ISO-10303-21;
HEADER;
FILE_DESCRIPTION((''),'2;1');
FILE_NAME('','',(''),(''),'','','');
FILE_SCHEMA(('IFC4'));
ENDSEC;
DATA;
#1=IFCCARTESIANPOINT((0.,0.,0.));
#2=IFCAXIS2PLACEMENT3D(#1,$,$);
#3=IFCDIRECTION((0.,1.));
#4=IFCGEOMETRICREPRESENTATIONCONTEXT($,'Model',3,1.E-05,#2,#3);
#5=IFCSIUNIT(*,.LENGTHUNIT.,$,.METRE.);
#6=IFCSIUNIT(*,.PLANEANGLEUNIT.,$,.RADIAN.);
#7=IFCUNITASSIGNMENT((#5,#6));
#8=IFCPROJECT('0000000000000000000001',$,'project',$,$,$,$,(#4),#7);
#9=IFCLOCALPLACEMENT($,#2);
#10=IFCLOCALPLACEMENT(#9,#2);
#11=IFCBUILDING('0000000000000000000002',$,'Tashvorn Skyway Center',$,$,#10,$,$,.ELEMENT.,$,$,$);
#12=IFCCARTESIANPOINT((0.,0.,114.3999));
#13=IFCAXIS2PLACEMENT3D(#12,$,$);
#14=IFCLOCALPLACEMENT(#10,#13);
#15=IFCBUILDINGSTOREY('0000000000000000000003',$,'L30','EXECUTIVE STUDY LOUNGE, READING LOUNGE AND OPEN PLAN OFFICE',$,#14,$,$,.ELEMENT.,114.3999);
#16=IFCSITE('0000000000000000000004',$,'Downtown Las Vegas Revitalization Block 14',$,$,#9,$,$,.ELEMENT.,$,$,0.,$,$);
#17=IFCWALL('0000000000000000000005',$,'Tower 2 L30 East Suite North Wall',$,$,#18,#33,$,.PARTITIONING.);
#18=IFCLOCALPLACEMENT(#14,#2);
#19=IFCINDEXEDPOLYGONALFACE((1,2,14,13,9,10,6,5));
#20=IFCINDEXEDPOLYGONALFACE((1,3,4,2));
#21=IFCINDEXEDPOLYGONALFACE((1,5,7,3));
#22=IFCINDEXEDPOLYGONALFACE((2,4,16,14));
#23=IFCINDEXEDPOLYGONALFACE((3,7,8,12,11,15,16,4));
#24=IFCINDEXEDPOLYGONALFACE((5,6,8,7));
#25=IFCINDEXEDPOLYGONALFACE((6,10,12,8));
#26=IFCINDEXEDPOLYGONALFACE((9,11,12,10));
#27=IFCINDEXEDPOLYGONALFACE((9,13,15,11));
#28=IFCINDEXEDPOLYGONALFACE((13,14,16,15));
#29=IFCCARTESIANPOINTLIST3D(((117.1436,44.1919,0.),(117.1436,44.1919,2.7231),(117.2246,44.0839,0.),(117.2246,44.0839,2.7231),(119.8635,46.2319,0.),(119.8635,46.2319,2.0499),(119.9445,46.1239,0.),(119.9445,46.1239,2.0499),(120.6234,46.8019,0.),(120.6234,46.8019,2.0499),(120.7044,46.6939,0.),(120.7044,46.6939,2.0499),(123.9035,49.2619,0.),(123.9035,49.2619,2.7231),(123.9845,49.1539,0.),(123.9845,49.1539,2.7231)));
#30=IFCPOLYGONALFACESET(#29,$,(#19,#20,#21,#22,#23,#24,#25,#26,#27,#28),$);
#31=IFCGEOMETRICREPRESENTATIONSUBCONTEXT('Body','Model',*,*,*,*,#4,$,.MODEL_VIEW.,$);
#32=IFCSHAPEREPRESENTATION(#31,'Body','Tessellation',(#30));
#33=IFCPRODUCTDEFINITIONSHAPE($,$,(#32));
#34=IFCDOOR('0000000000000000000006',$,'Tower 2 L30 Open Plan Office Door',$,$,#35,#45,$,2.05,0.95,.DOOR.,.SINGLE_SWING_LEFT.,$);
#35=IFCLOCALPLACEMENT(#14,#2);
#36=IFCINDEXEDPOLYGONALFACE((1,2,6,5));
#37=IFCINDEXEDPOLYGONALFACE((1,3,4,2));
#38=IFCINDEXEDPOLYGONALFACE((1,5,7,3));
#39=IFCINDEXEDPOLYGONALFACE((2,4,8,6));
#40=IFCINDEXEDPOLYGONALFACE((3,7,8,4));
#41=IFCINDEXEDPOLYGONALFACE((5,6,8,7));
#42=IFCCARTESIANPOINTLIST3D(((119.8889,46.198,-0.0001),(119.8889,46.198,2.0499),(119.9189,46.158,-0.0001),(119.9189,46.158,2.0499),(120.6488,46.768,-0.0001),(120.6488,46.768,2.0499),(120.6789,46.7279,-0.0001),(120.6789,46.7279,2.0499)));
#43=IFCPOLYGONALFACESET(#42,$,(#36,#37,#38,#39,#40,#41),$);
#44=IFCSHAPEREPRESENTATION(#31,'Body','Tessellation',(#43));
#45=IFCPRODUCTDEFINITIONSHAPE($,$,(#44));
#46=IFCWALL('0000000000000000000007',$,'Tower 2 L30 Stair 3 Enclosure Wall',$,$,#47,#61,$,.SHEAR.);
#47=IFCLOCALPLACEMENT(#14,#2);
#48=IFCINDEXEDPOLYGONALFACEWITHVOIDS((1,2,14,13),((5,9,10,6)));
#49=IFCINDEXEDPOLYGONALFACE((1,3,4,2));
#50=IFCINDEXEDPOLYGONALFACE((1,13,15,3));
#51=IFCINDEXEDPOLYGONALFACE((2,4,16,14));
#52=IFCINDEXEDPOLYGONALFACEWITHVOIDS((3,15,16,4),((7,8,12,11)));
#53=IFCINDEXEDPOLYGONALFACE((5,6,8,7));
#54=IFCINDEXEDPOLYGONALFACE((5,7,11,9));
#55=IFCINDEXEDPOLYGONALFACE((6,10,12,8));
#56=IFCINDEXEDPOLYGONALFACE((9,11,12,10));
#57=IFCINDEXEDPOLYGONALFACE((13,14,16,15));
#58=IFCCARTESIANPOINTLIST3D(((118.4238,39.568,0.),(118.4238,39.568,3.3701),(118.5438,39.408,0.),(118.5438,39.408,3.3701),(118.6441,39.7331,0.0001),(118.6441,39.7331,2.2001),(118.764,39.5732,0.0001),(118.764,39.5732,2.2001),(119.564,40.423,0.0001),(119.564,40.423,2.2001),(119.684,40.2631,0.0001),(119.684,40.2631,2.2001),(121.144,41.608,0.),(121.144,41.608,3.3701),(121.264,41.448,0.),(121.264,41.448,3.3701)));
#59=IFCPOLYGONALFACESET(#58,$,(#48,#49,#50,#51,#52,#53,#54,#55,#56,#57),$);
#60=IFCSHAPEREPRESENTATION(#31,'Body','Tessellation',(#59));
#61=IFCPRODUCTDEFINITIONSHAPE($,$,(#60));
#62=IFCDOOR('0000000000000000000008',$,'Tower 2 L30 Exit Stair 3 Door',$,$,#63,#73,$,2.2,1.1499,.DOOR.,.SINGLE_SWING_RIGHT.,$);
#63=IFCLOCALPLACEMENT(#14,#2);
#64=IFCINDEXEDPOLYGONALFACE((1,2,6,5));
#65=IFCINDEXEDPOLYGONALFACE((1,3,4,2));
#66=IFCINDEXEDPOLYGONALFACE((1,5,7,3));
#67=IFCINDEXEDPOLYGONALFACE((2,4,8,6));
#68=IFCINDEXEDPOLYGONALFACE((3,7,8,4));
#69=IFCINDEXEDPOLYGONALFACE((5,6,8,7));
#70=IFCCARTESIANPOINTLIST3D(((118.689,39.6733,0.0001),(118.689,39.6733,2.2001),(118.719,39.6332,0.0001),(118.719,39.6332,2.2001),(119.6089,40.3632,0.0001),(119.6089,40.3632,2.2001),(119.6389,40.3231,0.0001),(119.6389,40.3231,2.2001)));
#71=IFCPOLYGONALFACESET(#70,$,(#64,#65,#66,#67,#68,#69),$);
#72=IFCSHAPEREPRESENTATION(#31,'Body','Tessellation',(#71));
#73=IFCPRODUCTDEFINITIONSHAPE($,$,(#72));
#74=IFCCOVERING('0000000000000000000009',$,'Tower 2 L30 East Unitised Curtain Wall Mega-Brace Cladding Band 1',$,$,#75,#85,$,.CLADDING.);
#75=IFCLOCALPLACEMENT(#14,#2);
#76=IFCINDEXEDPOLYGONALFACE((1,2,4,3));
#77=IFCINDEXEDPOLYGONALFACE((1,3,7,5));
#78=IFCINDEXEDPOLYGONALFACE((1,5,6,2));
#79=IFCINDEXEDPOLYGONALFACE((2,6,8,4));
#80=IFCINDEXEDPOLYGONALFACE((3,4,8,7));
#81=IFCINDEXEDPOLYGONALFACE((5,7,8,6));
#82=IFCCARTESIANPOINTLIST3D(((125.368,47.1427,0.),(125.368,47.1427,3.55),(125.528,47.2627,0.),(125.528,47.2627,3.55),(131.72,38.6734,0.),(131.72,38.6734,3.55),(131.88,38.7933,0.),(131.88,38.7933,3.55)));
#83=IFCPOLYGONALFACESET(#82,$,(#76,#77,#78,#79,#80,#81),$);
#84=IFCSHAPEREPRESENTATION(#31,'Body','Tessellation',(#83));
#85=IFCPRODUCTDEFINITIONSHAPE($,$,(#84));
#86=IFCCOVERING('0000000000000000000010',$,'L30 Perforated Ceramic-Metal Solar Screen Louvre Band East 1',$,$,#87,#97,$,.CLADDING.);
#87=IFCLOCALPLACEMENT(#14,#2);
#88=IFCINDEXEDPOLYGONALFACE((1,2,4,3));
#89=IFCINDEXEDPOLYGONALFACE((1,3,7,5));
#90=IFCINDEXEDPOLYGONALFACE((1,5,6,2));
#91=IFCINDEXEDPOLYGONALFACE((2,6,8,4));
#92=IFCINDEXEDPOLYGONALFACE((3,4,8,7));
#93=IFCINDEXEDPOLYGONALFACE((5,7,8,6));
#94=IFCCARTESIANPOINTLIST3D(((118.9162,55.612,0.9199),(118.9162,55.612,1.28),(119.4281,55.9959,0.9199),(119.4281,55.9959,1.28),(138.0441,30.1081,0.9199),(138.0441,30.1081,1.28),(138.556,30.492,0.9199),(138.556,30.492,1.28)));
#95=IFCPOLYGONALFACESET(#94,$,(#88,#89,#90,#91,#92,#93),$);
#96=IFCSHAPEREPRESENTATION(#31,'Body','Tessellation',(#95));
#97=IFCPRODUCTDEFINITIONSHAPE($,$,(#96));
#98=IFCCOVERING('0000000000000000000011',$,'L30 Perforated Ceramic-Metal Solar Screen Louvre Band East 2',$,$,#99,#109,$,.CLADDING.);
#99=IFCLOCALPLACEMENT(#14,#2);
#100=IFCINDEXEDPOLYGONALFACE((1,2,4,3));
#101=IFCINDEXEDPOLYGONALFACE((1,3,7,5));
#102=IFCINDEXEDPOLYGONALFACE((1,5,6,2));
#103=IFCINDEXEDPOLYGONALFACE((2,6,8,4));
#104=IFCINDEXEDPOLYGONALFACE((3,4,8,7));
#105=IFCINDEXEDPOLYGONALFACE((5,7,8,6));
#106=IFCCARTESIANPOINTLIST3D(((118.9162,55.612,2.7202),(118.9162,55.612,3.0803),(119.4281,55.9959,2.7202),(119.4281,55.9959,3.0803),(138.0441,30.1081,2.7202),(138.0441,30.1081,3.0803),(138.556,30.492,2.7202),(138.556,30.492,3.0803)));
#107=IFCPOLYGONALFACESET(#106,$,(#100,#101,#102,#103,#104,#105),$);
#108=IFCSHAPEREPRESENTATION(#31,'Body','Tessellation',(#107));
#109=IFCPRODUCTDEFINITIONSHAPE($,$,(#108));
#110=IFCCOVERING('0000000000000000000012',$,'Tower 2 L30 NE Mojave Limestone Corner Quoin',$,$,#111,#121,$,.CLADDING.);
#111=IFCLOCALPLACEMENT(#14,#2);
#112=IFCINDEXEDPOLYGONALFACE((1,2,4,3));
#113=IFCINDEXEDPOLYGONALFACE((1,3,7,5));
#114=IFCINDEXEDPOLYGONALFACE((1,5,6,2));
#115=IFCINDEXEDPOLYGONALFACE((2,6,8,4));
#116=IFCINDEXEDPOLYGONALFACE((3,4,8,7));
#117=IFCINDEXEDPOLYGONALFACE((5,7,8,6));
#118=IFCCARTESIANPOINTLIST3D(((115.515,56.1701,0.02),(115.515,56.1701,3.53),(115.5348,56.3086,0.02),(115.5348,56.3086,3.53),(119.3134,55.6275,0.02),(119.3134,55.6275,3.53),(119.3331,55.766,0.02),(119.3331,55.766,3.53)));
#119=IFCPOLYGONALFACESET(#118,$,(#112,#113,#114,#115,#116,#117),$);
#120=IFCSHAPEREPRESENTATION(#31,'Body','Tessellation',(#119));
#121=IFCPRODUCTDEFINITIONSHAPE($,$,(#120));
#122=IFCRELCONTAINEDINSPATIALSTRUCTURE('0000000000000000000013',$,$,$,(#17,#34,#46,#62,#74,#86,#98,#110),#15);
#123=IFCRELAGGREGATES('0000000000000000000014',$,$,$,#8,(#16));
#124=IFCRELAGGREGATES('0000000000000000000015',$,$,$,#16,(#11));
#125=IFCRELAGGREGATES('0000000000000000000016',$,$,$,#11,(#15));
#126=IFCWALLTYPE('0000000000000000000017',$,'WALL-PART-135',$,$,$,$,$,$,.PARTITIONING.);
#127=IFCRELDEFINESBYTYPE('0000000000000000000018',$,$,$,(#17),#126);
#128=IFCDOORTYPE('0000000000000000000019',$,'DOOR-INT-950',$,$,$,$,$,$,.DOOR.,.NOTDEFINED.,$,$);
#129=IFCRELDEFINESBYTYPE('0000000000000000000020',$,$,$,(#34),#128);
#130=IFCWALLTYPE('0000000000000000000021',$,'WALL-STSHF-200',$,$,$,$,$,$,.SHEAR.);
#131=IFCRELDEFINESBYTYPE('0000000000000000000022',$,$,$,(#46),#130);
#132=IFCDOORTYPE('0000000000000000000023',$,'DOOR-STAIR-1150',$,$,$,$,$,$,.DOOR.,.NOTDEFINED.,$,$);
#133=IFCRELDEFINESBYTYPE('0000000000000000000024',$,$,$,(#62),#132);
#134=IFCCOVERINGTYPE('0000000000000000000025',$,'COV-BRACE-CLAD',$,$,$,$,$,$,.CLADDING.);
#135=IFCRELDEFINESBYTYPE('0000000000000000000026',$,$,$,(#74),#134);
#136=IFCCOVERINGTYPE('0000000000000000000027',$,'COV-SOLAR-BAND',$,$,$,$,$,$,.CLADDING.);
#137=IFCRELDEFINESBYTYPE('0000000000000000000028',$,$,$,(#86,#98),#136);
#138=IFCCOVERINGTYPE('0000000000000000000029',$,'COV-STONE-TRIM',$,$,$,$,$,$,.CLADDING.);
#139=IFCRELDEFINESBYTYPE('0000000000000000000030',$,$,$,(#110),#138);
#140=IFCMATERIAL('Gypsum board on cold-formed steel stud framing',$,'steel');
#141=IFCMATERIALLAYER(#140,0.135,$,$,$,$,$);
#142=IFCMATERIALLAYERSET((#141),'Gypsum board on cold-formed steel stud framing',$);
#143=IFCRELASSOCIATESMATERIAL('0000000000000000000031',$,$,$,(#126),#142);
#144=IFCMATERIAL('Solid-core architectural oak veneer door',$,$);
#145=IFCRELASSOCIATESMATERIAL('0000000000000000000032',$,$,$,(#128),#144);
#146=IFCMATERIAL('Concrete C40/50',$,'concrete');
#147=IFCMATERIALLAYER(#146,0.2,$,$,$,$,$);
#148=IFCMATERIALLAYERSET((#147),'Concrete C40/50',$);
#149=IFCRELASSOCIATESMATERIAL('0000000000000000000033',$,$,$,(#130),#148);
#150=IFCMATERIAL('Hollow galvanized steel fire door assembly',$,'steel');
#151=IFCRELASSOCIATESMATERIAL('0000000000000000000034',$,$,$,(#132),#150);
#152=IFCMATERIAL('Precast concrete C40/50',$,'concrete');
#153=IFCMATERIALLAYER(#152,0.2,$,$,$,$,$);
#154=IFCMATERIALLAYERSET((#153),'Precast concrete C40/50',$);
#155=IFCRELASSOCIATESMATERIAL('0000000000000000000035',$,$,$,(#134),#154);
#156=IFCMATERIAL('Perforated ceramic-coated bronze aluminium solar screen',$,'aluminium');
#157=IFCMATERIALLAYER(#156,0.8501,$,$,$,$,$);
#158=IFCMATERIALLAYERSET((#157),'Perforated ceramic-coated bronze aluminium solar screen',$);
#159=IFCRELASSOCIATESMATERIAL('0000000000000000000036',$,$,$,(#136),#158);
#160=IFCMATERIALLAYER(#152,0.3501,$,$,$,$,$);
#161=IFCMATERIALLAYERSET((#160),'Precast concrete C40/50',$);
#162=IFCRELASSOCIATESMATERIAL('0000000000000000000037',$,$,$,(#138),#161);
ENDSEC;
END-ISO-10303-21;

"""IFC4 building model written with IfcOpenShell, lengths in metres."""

from ifc_helpers import new_model, si_unit, direction, frame, frame_2d, origin, origin_2d, place, context, subcontext, project, spatial, rectangle, extrude, material, layer, layer_set, type_object, element, fill, save


model = new_model("IFC4")

# Units and contexts
model_context = context("Model", 3, precision=1e-05, world=origin(), true_north=direction((0.0, 1.0)))
body_context = subcontext(model_context, "Body", "Model", "MODEL_VIEW")
ifc_project = project(units=[si_unit("LENGTHUNIT", "METRE"), si_unit("PLANEANGLEUNIT", "RADIAN")], contexts=[model_context])

# Site, building, storey
site_placement = place(None, origin())
site = spatial("IfcSite", under=ifc_project, at=site_placement, Name="Downtown Las Vegas Revitalization Block 14", CompositionType="ELEMENT", RefElevation=0.0)
building_placement = place(site_placement, origin())
building = spatial("IfcBuilding", under=site, at=building_placement, Name="Tashvorn Skyway Center", CompositionType="ELEMENT")
storey_placement = place(building_placement, frame((0.0, 0.0, 114.3999)))
storey = spatial("IfcBuildingStorey", under=building, at=storey_placement, Name="L30", Description="EXECUTIVE STUDY LOUNGE, READING LOUNGE AND OPEN PLAN OFFICE", CompositionType="ELEMENT", Elevation=114.3999)

# Shared definitions
ifc_material_1 = material(Name="Precast concrete C40/50", Category="concrete")
ifc_material_2 = material(Name="Gypsum board on cold-formed steel stud framing", Category="steel")
ifc_layer_1 = layer(ifc_material_2, 0.135)
ifc_layer_set_1 = layer_set([ifc_layer_1], Name="Gypsum board on cold-formed steel stud framing")
wall_type_1 = type_object("IfcWallType", Name="WALL-PART-135", PredefinedType="PARTITIONING", material=ifc_layer_set_1)

# Walls, openings, doors
wall_1_placement = place(storey_placement, frame((123.9441, 49.208, 0.0), z_axis=(0.0, 0.0, 1.0), x_axis=(-0.799997, -0.600005, 0.0)))
wall_1 = element("IfcWall", 1, at=wall_1_placement, inside=storey, type_object=wall_type_1, Name="Tower 2 L30 East Suite North Wall", PredefinedType="PARTITIONING", context=body_context, shape_type="SweptSolid", body=[
    extrude(rectangle(XDim=8.45, YDim=0.135, at=frame_2d((4.2251, 0.0))), origin(), (0.0, 0.0, 1.0), 2.7231),
])
opening_1_placement = place(wall_1_placement, frame((4.1001, 0.0, 0.0)))
opening_1 = element("IfcOpeningElement", 2, at=opening_1_placement, cuts=wall_1, PredefinedType="OPENING", context=body_context, shape_type="SweptSolid", body=[
    extrude(rectangle(XDim=0.95, YDim=2.05, at=frame_2d((0.4751, 1.0249))), frame((0.0, 0.0774, 0.0), z_axis=(0.0, -1.0, 0.0), x_axis=(1.0, 0.0, 0.0)), (0.0, 0.0, 1.0), 0.155),
])
ifc_material_3 = material(Name="Solid-core architectural oak veneer door")
door_type_1 = type_object("IfcDoorType", Name="DOOR-INT-950", OperationType="NOTDEFINED", PredefinedType="DOOR", material=ifc_material_3)
door_1_placement = place(opening_1_placement, origin())
door_1 = element("IfcDoor", 3, at=door_1_placement, inside=storey, type_object=door_type_1, Name="Tower 2 L30 Open Plan Office Door", OperationType="SINGLE_SWING_LEFT", OverallHeight=2.05, OverallWidth=0.95, PredefinedType="DOOR", context=body_context, shape_type="SweptSolid", body=[
    extrude(rectangle(XDim=0.95, YDim=2.05, at=frame_2d((0.4751, 1.0249))), frame((0.0, 0.0249, 0.0), z_axis=(0.0, -1.0, 0.0), x_axis=(1.0, 0.0, 0.0)), (0.0, 0.0, 1.0), 0.05),
])
fill(opening_1, door_1)
ifc_material_4 = material(Name="Concrete C40/50", Category="concrete")
ifc_layer_2 = layer(ifc_material_4, 0.2)
ifc_layer_set_2 = layer_set([ifc_layer_2], Name="Concrete C40/50")
wall_type_2 = type_object("IfcWallType", Name="WALL-STSHF-200", PredefinedType="SHEAR", material=ifc_layer_set_2)
wall_2_placement = place(storey_placement, frame((121.2041, 41.5281, 0.0), z_axis=(0.0, 0.0, 1.0), x_axis=(-0.800017, -0.599977, 0.0)))
wall_2 = element("IfcWall", 4, at=wall_2_placement, inside=storey, type_object=wall_type_2, Name="Tower 2 L30 Stair 3 Enclosure Wall", PredefinedType="SHEAR", context=body_context, shape_type="SweptSolid", body=[
    extrude(rectangle(XDim=3.4001, YDim=0.2, at=frame_2d((1.7002, 0.0))), origin(), (0.0, 0.0, 1.0), 3.3701),
])
opening_2_placement = place(wall_2_placement, frame((1.9751, 0.0, 0.0)))
opening_2 = element("IfcOpeningElement", 5, at=opening_2_placement, cuts=wall_2, PredefinedType="OPENING", context=body_context, shape_type="SweptSolid", body=[
    extrude(rectangle(XDim=1.1499, YDim=2.2, at=frame_2d((0.575, 1.1001))), frame((0.0, 0.1099, 0.0), z_axis=(0.0, -1.0, 0.0), x_axis=(1.0, 0.0, 0.0)), (0.0, 0.0, 1.0), 0.22),
])
ifc_material_5 = material(Name="Hollow galvanized steel fire door assembly", Category="steel")
door_type_2 = type_object("IfcDoorType", Name="DOOR-STAIR-1150", OperationType="NOTDEFINED", PredefinedType="DOOR", material=ifc_material_5)
door_2_placement = place(opening_2_placement, origin())
door_2 = element("IfcDoor", 6, at=door_2_placement, inside=storey, type_object=door_type_2, Name="Tower 2 L30 Exit Stair 3 Door", OperationType="SINGLE_SWING_RIGHT", OverallHeight=2.2, OverallWidth=1.1499, PredefinedType="DOOR", context=body_context, shape_type="SweptSolid", body=[
    extrude(rectangle(XDim=1.1499, YDim=2.2, at=frame_2d((0.575, 1.1001))), frame((0.0, 0.0249, 0.0), z_axis=(0.0, -1.0, 0.0), x_axis=(1.0, 0.0, 0.0)), (0.0, 0.0, 1.0), 0.05),
])
fill(opening_2, door_2)

# Coverings
ifc_layer_3 = layer(ifc_material_1, 0.2)
ifc_layer_set_3 = layer_set([ifc_layer_3], Name="Precast concrete C40/50")
covering_type_1 = type_object("IfcCoveringType", Name="COV-BRACE-CLAD", PredefinedType="CLADDING", material=ifc_layer_set_3)
covering_1_placement = place(storey_placement, frame((128.624, 42.968, 0.0), z_axis=(0.0, 0.0, 1.0), x_axis=(0.6, -0.8, 0.0)))
element("IfcCovering", 7, at=covering_1_placement, inside=storey, type_object=covering_type_1, Name="Tower 2 L30 East Unitised Curtain Wall Mega-Brace Cladding Band 1", PredefinedType="CLADDING", context=body_context, shape_type="SweptSolid", body=[
    extrude(rectangle(XDim=10.5867, YDim=0.2, at=origin_2d()), origin(), (0.0, 0.0, 1.0), 3.55),
])
ifc_material_6 = material(Name="Perforated ceramic-coated bronze aluminium solar screen", Category="aluminium")
ifc_layer_4 = layer(ifc_material_6, 0.8501)
ifc_layer_set_4 = layer_set([ifc_layer_4], Name="Perforated ceramic-coated bronze aluminium solar screen")
covering_type_2 = type_object("IfcCoveringType", Name="COV-SOLAR-BAND", PredefinedType="CLADDING", material=ifc_layer_set_4)
for number, where, z_axis, x_axis, name in (
    (8, (128.7361, 43.052, 0.9199), (0.0, 0.0, 1.0), (0.6, -0.8, 0.0), "L30 Perforated Ceramic-Metal Solar Screen Louvre Band East 1"),
    (9, (128.7361, 43.052, 2.7202), (0.0, 0.0, 1.0), (0.6, -0.8, 0.0), "L30 Perforated Ceramic-Metal Solar Screen Louvre Band East 2"),
):
    element("IfcCovering", number, at=place(storey_placement, frame(where, z_axis=z_axis, x_axis=x_axis)), inside=storey, type_object=covering_type_2, Name=name, PredefinedType="CLADDING", context=body_context, shape_type="SweptSolid", body=[
        extrude(rectangle(XDim=31.8799, YDim=0.6399, at=origin_2d()), origin(), (0.0, 0.0, 1.0), 0.3601),
    ])
ifc_layer_5 = layer(ifc_material_1, 0.3501)
ifc_layer_set_5 = layer_set([ifc_layer_5], Name="Precast concrete C40/50")
covering_type_3 = type_object("IfcCoveringType", Name="COV-STONE-TRIM", PredefinedType="CLADDING", material=ifc_layer_set_5)
covering_2_placement = place(storey_placement, frame((117.4241, 55.968, 0.02), z_axis=(0.0, 0.0, 1.0), x_axis=(0.989949, -0.141421, 0.0)))
element("IfcCovering", 10, at=covering_2_placement, inside=storey, type_object=covering_type_3, Name="Tower 2 L30 NE Mojave Limestone Corner Quoin", PredefinedType="CLADDING", context=body_context, shape_type="SweptSolid", body=[
    extrude(rectangle(XDim=3.8369, YDim=0.1399, at=origin_2d()), origin(), (0.0, 0.0, 1.0), 3.51),
])

save(model, "model.ifc")
